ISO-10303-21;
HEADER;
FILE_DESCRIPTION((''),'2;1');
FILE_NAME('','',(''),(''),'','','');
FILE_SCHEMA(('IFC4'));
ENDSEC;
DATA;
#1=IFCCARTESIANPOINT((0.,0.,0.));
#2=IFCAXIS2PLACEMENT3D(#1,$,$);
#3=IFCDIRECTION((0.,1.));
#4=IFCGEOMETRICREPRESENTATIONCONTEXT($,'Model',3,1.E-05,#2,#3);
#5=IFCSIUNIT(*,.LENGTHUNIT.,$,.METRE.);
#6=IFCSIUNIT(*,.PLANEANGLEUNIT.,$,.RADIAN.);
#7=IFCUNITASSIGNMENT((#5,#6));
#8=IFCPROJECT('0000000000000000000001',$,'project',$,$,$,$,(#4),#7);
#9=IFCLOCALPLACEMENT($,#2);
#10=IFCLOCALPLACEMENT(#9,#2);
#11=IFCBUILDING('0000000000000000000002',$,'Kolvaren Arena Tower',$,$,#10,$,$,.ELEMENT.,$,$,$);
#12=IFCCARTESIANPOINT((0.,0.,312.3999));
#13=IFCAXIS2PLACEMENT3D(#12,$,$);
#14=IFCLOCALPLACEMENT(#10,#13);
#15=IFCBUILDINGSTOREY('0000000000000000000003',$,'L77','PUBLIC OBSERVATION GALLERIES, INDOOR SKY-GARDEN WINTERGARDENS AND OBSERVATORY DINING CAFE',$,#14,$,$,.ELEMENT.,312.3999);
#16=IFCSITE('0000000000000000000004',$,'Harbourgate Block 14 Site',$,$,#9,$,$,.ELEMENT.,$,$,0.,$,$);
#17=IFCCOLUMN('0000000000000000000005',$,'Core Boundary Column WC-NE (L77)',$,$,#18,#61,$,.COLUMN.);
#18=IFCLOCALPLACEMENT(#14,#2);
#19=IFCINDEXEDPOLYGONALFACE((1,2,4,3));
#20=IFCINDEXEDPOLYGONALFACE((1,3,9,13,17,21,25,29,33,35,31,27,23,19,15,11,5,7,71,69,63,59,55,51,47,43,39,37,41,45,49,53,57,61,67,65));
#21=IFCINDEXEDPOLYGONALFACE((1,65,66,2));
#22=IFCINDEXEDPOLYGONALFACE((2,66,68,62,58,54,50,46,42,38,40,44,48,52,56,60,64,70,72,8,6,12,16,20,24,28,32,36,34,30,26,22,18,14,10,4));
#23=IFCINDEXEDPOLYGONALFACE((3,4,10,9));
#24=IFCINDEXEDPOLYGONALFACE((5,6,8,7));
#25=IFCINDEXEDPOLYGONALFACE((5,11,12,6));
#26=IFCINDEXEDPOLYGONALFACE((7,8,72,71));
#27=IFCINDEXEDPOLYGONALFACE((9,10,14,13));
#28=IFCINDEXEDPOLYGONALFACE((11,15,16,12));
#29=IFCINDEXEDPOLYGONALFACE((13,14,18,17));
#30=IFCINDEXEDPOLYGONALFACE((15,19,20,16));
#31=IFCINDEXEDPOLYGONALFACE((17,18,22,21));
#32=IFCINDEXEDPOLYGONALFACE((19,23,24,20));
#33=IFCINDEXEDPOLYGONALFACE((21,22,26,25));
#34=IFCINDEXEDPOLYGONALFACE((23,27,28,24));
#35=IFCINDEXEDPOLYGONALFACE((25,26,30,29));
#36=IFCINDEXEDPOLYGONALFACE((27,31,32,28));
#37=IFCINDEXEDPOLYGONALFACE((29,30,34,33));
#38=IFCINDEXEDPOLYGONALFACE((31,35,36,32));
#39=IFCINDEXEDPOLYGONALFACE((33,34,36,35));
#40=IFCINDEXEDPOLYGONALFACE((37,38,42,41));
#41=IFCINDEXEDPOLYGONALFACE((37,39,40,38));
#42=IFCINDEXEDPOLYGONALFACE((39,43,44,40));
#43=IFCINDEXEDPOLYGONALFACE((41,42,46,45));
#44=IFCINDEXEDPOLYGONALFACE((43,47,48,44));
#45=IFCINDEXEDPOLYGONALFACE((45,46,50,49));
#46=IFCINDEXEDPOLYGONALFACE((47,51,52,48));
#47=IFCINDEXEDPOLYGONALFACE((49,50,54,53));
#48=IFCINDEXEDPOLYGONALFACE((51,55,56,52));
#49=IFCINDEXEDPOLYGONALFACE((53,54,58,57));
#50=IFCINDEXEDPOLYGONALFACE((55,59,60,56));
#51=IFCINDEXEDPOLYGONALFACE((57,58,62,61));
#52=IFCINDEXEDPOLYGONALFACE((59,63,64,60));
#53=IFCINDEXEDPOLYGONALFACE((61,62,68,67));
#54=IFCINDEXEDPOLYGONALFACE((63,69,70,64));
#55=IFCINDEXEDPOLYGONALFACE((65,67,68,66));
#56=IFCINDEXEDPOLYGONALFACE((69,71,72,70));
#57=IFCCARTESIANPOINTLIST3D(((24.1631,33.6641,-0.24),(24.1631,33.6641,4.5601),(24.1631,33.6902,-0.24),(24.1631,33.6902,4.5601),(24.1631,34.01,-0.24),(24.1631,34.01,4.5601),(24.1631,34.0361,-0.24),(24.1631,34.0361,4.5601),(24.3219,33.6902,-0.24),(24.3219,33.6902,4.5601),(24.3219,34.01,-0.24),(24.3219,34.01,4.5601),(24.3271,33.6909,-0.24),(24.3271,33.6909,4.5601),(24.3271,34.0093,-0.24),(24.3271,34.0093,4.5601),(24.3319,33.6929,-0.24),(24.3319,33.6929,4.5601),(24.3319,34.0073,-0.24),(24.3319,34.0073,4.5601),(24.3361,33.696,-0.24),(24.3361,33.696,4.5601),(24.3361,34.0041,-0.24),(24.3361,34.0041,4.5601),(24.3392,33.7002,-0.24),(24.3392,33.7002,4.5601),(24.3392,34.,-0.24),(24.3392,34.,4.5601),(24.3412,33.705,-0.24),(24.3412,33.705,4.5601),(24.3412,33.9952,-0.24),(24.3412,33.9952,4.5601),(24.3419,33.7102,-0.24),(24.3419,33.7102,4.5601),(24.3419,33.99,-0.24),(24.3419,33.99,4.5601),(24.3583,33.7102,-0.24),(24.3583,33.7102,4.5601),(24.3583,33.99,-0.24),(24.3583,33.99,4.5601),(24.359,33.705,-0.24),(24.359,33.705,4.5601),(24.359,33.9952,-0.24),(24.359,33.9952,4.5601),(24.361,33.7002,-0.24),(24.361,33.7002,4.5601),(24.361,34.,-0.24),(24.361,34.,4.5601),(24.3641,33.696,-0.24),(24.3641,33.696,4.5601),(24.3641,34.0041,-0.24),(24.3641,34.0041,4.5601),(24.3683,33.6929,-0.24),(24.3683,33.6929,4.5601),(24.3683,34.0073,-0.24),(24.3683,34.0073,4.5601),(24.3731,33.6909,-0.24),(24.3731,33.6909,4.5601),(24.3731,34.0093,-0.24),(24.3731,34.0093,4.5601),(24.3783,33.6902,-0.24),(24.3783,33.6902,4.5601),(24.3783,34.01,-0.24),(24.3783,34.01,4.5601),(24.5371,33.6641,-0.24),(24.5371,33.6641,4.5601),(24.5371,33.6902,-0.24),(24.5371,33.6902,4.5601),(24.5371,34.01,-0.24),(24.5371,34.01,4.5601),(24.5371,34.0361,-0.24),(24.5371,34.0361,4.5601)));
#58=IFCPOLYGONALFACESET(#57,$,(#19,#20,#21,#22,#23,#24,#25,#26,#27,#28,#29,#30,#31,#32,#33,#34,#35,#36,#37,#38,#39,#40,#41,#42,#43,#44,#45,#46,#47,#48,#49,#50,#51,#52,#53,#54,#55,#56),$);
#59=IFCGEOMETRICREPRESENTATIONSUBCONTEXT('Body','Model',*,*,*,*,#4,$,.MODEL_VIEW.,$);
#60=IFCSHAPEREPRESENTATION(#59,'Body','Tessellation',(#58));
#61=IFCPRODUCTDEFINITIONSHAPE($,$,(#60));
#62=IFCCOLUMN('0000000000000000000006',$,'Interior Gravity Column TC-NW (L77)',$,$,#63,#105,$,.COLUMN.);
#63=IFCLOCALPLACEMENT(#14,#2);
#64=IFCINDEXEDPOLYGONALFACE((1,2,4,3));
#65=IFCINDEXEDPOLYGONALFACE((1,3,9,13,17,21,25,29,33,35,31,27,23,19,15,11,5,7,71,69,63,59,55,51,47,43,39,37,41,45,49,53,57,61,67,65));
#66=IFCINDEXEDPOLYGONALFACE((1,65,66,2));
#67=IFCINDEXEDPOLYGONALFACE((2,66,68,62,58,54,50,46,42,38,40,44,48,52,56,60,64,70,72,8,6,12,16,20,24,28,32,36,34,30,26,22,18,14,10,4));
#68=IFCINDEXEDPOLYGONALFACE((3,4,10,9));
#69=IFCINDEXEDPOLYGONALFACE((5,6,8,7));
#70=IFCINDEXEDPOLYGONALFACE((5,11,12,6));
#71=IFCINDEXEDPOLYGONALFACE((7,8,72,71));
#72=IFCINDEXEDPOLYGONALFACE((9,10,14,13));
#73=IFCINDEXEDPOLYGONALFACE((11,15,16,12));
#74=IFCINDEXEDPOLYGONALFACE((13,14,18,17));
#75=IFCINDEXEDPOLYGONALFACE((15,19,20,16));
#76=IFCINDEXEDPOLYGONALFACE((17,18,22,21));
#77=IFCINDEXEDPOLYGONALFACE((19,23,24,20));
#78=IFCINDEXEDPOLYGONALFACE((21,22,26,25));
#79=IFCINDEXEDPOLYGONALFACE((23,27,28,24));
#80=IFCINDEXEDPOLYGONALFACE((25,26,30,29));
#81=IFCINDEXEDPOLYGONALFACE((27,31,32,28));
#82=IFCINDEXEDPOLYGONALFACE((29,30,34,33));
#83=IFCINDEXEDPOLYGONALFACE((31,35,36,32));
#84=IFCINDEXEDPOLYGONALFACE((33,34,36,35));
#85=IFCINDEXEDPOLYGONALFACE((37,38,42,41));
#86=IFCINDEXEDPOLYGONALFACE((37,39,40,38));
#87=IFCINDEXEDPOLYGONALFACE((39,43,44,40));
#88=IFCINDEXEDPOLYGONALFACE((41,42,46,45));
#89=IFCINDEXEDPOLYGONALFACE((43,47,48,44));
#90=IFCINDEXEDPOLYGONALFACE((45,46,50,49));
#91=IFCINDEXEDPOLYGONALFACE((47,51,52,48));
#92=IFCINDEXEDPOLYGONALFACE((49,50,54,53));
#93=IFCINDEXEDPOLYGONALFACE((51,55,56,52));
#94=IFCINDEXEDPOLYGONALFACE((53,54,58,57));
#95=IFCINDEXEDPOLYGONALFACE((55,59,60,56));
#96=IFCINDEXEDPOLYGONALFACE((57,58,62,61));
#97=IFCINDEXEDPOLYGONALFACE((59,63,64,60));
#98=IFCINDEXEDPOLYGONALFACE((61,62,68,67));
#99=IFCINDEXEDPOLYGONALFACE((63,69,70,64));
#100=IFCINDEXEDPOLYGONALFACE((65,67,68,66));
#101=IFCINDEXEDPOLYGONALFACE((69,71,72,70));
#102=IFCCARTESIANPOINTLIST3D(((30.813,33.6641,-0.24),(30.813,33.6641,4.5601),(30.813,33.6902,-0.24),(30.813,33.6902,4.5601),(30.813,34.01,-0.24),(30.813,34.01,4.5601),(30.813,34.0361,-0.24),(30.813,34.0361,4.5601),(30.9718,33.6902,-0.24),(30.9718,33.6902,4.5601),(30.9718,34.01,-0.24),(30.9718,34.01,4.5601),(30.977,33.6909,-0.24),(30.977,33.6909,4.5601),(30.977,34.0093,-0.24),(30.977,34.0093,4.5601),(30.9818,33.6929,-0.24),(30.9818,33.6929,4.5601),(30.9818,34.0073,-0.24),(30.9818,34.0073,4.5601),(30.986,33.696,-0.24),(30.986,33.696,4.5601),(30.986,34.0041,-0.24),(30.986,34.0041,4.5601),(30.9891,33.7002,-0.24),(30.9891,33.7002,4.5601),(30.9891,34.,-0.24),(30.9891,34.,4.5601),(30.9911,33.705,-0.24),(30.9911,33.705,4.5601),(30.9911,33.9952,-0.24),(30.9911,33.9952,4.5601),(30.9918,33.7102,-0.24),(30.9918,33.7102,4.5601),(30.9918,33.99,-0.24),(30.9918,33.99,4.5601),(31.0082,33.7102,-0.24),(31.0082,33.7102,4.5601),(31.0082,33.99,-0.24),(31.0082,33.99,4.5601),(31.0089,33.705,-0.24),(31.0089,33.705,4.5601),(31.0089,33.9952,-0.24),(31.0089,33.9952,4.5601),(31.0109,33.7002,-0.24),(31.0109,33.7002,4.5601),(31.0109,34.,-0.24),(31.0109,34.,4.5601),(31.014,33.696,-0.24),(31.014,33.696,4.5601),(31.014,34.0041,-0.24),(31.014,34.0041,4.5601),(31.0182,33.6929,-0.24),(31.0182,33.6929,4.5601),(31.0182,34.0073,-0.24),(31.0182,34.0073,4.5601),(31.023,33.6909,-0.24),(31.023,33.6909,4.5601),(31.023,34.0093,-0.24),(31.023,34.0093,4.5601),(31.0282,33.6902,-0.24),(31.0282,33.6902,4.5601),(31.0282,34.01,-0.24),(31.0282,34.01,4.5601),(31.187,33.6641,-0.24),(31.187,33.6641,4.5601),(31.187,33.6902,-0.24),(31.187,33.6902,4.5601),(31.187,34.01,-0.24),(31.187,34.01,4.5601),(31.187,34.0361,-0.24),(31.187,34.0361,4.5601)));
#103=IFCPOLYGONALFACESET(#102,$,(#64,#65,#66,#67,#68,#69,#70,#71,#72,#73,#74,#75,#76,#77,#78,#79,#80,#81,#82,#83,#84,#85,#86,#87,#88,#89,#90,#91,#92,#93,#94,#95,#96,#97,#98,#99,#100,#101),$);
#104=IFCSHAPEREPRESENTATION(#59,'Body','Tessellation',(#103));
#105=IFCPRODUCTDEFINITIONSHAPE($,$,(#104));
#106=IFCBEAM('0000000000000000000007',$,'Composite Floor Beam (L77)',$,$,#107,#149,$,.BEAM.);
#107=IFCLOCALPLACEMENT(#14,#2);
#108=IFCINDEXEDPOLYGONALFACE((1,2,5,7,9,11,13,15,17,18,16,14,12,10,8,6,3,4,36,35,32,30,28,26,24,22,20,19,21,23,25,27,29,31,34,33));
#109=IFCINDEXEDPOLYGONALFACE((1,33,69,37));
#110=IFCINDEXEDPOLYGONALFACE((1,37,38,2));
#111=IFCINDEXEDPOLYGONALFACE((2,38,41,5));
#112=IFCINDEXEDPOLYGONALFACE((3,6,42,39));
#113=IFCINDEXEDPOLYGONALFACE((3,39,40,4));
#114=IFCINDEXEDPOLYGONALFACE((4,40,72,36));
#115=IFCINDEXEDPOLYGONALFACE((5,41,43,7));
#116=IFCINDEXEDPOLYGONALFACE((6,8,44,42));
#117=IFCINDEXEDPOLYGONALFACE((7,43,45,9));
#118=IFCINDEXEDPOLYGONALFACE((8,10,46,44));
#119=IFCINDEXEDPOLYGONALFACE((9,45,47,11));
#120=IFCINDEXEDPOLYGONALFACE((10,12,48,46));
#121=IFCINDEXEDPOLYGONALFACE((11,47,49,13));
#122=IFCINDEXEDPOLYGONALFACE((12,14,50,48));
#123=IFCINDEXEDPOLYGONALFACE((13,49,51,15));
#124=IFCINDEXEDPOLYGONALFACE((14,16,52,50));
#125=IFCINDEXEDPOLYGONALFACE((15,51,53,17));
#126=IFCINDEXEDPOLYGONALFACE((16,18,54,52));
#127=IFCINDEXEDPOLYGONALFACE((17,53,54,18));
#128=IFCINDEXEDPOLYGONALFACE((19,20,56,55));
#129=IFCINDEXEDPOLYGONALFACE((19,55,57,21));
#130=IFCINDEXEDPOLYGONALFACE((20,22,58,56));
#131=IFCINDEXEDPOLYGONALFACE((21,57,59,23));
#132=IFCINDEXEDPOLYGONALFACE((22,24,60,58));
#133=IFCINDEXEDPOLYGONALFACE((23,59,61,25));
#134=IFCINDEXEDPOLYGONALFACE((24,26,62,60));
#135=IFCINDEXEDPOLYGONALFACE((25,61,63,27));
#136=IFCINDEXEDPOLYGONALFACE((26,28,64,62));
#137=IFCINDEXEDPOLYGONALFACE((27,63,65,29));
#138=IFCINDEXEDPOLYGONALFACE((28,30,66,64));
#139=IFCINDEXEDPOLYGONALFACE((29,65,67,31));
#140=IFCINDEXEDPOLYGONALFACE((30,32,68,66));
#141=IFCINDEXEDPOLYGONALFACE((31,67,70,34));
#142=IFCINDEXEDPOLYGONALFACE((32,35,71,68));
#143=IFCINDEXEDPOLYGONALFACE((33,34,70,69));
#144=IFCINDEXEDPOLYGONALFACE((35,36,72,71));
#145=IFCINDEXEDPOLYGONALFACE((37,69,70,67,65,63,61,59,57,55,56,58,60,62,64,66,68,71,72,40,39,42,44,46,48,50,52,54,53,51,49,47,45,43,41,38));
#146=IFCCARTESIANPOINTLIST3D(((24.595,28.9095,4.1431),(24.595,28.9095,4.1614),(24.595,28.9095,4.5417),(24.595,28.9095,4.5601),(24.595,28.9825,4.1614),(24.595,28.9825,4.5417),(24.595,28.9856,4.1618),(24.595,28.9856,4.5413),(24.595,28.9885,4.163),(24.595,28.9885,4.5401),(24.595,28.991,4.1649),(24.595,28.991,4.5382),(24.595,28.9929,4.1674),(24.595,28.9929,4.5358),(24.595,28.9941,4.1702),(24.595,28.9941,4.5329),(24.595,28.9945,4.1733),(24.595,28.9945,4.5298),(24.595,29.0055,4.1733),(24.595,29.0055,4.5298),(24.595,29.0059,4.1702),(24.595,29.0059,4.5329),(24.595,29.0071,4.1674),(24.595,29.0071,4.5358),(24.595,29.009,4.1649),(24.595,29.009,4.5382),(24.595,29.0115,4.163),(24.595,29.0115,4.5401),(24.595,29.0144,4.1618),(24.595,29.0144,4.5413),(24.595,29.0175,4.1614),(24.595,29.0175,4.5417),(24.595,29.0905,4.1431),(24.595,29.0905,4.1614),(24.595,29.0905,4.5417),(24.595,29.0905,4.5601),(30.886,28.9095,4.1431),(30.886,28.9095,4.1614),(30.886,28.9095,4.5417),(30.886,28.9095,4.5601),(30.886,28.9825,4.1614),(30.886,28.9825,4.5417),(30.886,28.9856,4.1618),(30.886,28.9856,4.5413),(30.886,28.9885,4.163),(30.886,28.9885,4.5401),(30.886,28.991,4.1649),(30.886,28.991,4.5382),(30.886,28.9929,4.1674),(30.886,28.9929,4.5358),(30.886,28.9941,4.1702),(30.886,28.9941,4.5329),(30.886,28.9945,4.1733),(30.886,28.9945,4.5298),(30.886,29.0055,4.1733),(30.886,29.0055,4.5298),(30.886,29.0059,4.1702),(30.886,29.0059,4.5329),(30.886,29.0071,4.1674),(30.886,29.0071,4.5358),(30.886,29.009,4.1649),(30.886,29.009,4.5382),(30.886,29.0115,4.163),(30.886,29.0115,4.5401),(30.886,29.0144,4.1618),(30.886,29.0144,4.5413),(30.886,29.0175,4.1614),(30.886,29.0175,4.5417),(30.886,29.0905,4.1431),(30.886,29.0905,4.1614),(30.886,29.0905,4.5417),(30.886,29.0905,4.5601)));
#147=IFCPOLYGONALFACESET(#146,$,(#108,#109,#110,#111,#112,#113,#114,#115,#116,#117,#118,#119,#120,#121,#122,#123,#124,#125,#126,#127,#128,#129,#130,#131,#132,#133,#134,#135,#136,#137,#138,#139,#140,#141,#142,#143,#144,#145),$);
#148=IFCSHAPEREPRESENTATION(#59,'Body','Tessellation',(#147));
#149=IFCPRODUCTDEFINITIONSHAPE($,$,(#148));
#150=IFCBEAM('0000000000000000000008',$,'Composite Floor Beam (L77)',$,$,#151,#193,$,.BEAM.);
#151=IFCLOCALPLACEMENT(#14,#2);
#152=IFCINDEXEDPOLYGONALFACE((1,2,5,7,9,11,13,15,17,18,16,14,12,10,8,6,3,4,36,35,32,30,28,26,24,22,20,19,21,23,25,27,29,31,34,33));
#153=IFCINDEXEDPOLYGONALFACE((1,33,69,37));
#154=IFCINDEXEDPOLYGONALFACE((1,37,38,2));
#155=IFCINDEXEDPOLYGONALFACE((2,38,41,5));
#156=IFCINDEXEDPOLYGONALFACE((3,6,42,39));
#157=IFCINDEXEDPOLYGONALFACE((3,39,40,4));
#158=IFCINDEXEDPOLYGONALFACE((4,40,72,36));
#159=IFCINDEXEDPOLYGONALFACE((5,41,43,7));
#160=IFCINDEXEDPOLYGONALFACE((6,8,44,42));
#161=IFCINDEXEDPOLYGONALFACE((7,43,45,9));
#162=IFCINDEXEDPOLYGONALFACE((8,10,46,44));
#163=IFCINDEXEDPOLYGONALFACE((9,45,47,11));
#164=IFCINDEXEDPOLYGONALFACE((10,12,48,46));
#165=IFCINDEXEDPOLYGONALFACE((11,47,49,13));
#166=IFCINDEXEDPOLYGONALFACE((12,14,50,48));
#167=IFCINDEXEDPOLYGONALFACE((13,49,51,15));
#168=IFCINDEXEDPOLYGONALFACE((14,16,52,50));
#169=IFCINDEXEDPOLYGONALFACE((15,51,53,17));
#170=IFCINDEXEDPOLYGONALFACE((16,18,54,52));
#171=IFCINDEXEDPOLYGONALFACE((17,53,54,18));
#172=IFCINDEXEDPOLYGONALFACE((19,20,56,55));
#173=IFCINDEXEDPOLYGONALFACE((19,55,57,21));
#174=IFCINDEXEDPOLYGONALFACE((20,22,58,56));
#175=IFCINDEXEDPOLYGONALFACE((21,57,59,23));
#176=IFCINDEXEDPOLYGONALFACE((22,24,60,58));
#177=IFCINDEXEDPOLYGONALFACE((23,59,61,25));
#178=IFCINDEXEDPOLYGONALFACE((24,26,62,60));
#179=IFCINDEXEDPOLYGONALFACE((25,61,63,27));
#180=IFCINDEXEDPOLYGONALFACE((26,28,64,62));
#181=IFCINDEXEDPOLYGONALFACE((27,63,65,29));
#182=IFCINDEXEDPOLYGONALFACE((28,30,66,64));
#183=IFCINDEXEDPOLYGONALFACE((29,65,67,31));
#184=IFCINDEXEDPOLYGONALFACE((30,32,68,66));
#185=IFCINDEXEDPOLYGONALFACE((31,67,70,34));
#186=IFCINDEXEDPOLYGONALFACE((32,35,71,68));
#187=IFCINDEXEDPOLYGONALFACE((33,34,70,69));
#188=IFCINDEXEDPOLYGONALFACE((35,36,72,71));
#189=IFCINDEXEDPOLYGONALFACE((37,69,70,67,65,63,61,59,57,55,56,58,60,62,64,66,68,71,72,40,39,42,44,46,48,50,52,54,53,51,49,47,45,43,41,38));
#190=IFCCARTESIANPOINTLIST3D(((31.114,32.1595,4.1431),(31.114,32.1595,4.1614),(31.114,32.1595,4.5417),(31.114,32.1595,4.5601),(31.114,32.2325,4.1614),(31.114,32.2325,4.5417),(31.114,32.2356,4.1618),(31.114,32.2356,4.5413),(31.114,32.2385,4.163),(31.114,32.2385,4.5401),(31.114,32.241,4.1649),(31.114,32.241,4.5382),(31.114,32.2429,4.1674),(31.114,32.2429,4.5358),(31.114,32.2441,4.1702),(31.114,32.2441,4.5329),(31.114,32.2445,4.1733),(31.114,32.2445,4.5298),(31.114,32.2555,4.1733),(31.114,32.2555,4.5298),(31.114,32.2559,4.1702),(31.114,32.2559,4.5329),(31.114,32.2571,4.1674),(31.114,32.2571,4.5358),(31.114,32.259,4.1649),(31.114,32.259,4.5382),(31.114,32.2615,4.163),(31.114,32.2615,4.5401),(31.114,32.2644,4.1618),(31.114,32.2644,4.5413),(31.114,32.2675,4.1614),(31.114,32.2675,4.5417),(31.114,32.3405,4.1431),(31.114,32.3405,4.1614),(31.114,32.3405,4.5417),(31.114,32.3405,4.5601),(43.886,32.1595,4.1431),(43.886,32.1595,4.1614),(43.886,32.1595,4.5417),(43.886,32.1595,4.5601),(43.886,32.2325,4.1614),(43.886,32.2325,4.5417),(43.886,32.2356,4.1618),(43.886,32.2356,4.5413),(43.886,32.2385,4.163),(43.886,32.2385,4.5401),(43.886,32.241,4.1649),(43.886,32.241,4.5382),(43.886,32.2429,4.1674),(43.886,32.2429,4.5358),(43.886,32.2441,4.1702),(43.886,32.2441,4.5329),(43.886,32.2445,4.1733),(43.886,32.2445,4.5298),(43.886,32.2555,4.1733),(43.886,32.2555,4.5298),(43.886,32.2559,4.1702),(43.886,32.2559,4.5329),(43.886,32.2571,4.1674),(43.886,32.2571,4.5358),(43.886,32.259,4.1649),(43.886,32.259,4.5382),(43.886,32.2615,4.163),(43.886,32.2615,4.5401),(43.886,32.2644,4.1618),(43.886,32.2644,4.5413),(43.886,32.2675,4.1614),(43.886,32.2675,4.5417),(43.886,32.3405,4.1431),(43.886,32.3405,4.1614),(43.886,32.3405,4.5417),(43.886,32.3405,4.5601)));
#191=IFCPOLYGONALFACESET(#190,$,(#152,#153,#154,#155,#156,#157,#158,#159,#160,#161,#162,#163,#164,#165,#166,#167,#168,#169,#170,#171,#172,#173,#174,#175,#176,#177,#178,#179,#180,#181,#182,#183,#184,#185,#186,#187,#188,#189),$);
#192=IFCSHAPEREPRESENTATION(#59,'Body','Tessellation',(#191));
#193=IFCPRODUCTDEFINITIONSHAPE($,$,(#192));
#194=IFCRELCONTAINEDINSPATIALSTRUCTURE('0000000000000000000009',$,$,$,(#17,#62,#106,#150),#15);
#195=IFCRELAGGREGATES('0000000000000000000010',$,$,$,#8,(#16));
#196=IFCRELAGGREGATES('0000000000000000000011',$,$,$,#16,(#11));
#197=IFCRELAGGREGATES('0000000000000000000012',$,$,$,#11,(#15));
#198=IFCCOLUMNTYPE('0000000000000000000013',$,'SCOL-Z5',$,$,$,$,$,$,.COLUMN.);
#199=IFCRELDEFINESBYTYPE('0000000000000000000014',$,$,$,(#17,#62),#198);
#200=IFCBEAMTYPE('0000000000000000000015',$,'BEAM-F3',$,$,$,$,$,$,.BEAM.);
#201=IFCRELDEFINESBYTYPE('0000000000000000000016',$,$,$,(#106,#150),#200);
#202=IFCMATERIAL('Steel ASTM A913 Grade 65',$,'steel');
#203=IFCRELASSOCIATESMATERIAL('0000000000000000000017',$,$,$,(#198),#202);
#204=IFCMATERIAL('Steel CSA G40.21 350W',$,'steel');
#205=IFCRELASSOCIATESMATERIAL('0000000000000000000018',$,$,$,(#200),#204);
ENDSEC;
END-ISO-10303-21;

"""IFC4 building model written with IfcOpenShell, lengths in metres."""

from ifc_helpers import new_model, si_unit, direction, frame, origin, origin_2d, place, context, subcontext, project, spatial, i_section, extrude, material, material_profile, profile_set, type_object, element, save


model = new_model("IFC4")

# Units and contexts
model_context = context("Model", 3, precision=1e-05, world=origin(), true_north=direction((0.0, 1.0)))
body_context = subcontext(model_context, "Body", "Model", "MODEL_VIEW")
ifc_project = project(units=[si_unit("LENGTHUNIT", "METRE"), si_unit("PLANEANGLEUNIT", "RADIAN")], contexts=[model_context])

# Site, building, storey
site_placement = place(None, origin())
site = spatial("IfcSite", under=ifc_project, at=site_placement, Name="Harbourgate Block 14 Site", CompositionType="ELEMENT", RefElevation=0.0)
building_placement = place(site_placement, origin())
building = spatial("IfcBuilding", under=site, at=building_placement, Name="Kolvaren Arena Tower", CompositionType="ELEMENT")
storey_placement = place(building_placement, frame((0.0, 0.0, 312.3999)))
storey = spatial("IfcBuildingStorey", under=building, at=storey_placement, Name="L77", Description="PUBLIC OBSERVATION GALLERIES, INDOOR SKY-GARDEN WINTERGARDENS AND OBSERVATORY DINING CAFE", CompositionType="ELEMENT", Elevation=312.3999)

# Columns
ifc_material_1 = material(Name="Steel ASTM A913 Grade 65", Category="steel")
ifc_material_profile_1 = material_profile(ifc_material_1, i_section(OverallWidth=0.374, OverallDepth=0.3721, WebThickness=0.0164, FlangeThickness=0.0261, FilletRadius=0.02, at=origin_2d()), Name="W360x196")
ifc_profile_set_1 = profile_set([ifc_material_profile_1], Name="Steel ASTM A913 Grade 65")
column_type = type_object("IfcColumnType", Name="SCOL-Z5", PredefinedType="COLUMN", material=ifc_profile_set_1)
for number, where, z_axis, x_axis, name in (
    (1, (24.3501, 33.8501, -0.24), (0.0, 0.0, 1.0), (1.0, 0.0, 0.0), "Core Boundary Column WC-NE (L77)"),
    (2, (31.0, 33.8501, -0.24), (0.0, 0.0, 1.0), (1.0, 0.0, 0.0), "Interior Gravity Column TC-NW (L77)"),
):
    element("IfcColumn", number, at=place(storey_placement, frame(where, z_axis=z_axis, x_axis=x_axis)), inside=storey, type_object=column_type, Name=name, PredefinedType="COLUMN", context=body_context, shape_type="SweptSolid", body=[
        extrude(i_section(OverallWidth=0.374, OverallDepth=0.3721, WebThickness=0.0164, FlangeThickness=0.0261, FilletRadius=0.02, at=origin_2d()), origin(), (0.0, 0.0, 1.0), 4.8),
    ])

# Beams
ifc_material_2 = material(Name="Steel CSA G40.21 350W", Category="steel")
ifc_material_profile_2 = material_profile(ifc_material_2, i_section(OverallWidth=0.1809, OverallDepth=0.417, WebThickness=0.011, FlangeThickness=0.0183, FilletRadius=0.012, at=origin_2d()), Name="W410x85")
ifc_profile_set_2 = profile_set([ifc_material_profile_2], Name="Steel CSA G40.21 350W")
beam_type_1 = type_object("IfcBeamType", Name="BEAM-F3", PredefinedType="BEAM", material=ifc_profile_set_2)
beam_1_placement = place(storey_placement, frame((24.595, 29.0, 4.3516), z_axis=(1.0, 0.0, 0.0), x_axis=(0.0, 1.0, 0.0)))
element("IfcBeam", 3, at=beam_1_placement, inside=storey, type_object=beam_type_1, Name="Composite Floor Beam (L77)", PredefinedType="BEAM", context=body_context, shape_type="SweptSolid", body=[
    extrude(i_section(OverallWidth=0.1809, OverallDepth=0.417, WebThickness=0.011, FlangeThickness=0.0183, FilletRadius=0.012, at=origin_2d()), origin(), (0.0, 0.0, 1.0), 6.291),
])
beam_2_placement = place(storey_placement, frame((31.114, 32.25, 4.3516), z_axis=(1.0, 0.0, 0.0), x_axis=(0.0, 1.0, 0.0)))
element("IfcBeam", 4, at=beam_2_placement, inside=storey, type_object=beam_type_1, Name="Composite Floor Beam (L77)", PredefinedType="BEAM", context=body_context, shape_type="SweptSolid", body=[
    extrude(i_section(OverallWidth=0.1809, OverallDepth=0.417, WebThickness=0.011, FlangeThickness=0.0183, FilletRadius=0.012, at=origin_2d()), origin(), (0.0, 0.0, 1.0), 12.772),
])

save(model, "model.ifc")
